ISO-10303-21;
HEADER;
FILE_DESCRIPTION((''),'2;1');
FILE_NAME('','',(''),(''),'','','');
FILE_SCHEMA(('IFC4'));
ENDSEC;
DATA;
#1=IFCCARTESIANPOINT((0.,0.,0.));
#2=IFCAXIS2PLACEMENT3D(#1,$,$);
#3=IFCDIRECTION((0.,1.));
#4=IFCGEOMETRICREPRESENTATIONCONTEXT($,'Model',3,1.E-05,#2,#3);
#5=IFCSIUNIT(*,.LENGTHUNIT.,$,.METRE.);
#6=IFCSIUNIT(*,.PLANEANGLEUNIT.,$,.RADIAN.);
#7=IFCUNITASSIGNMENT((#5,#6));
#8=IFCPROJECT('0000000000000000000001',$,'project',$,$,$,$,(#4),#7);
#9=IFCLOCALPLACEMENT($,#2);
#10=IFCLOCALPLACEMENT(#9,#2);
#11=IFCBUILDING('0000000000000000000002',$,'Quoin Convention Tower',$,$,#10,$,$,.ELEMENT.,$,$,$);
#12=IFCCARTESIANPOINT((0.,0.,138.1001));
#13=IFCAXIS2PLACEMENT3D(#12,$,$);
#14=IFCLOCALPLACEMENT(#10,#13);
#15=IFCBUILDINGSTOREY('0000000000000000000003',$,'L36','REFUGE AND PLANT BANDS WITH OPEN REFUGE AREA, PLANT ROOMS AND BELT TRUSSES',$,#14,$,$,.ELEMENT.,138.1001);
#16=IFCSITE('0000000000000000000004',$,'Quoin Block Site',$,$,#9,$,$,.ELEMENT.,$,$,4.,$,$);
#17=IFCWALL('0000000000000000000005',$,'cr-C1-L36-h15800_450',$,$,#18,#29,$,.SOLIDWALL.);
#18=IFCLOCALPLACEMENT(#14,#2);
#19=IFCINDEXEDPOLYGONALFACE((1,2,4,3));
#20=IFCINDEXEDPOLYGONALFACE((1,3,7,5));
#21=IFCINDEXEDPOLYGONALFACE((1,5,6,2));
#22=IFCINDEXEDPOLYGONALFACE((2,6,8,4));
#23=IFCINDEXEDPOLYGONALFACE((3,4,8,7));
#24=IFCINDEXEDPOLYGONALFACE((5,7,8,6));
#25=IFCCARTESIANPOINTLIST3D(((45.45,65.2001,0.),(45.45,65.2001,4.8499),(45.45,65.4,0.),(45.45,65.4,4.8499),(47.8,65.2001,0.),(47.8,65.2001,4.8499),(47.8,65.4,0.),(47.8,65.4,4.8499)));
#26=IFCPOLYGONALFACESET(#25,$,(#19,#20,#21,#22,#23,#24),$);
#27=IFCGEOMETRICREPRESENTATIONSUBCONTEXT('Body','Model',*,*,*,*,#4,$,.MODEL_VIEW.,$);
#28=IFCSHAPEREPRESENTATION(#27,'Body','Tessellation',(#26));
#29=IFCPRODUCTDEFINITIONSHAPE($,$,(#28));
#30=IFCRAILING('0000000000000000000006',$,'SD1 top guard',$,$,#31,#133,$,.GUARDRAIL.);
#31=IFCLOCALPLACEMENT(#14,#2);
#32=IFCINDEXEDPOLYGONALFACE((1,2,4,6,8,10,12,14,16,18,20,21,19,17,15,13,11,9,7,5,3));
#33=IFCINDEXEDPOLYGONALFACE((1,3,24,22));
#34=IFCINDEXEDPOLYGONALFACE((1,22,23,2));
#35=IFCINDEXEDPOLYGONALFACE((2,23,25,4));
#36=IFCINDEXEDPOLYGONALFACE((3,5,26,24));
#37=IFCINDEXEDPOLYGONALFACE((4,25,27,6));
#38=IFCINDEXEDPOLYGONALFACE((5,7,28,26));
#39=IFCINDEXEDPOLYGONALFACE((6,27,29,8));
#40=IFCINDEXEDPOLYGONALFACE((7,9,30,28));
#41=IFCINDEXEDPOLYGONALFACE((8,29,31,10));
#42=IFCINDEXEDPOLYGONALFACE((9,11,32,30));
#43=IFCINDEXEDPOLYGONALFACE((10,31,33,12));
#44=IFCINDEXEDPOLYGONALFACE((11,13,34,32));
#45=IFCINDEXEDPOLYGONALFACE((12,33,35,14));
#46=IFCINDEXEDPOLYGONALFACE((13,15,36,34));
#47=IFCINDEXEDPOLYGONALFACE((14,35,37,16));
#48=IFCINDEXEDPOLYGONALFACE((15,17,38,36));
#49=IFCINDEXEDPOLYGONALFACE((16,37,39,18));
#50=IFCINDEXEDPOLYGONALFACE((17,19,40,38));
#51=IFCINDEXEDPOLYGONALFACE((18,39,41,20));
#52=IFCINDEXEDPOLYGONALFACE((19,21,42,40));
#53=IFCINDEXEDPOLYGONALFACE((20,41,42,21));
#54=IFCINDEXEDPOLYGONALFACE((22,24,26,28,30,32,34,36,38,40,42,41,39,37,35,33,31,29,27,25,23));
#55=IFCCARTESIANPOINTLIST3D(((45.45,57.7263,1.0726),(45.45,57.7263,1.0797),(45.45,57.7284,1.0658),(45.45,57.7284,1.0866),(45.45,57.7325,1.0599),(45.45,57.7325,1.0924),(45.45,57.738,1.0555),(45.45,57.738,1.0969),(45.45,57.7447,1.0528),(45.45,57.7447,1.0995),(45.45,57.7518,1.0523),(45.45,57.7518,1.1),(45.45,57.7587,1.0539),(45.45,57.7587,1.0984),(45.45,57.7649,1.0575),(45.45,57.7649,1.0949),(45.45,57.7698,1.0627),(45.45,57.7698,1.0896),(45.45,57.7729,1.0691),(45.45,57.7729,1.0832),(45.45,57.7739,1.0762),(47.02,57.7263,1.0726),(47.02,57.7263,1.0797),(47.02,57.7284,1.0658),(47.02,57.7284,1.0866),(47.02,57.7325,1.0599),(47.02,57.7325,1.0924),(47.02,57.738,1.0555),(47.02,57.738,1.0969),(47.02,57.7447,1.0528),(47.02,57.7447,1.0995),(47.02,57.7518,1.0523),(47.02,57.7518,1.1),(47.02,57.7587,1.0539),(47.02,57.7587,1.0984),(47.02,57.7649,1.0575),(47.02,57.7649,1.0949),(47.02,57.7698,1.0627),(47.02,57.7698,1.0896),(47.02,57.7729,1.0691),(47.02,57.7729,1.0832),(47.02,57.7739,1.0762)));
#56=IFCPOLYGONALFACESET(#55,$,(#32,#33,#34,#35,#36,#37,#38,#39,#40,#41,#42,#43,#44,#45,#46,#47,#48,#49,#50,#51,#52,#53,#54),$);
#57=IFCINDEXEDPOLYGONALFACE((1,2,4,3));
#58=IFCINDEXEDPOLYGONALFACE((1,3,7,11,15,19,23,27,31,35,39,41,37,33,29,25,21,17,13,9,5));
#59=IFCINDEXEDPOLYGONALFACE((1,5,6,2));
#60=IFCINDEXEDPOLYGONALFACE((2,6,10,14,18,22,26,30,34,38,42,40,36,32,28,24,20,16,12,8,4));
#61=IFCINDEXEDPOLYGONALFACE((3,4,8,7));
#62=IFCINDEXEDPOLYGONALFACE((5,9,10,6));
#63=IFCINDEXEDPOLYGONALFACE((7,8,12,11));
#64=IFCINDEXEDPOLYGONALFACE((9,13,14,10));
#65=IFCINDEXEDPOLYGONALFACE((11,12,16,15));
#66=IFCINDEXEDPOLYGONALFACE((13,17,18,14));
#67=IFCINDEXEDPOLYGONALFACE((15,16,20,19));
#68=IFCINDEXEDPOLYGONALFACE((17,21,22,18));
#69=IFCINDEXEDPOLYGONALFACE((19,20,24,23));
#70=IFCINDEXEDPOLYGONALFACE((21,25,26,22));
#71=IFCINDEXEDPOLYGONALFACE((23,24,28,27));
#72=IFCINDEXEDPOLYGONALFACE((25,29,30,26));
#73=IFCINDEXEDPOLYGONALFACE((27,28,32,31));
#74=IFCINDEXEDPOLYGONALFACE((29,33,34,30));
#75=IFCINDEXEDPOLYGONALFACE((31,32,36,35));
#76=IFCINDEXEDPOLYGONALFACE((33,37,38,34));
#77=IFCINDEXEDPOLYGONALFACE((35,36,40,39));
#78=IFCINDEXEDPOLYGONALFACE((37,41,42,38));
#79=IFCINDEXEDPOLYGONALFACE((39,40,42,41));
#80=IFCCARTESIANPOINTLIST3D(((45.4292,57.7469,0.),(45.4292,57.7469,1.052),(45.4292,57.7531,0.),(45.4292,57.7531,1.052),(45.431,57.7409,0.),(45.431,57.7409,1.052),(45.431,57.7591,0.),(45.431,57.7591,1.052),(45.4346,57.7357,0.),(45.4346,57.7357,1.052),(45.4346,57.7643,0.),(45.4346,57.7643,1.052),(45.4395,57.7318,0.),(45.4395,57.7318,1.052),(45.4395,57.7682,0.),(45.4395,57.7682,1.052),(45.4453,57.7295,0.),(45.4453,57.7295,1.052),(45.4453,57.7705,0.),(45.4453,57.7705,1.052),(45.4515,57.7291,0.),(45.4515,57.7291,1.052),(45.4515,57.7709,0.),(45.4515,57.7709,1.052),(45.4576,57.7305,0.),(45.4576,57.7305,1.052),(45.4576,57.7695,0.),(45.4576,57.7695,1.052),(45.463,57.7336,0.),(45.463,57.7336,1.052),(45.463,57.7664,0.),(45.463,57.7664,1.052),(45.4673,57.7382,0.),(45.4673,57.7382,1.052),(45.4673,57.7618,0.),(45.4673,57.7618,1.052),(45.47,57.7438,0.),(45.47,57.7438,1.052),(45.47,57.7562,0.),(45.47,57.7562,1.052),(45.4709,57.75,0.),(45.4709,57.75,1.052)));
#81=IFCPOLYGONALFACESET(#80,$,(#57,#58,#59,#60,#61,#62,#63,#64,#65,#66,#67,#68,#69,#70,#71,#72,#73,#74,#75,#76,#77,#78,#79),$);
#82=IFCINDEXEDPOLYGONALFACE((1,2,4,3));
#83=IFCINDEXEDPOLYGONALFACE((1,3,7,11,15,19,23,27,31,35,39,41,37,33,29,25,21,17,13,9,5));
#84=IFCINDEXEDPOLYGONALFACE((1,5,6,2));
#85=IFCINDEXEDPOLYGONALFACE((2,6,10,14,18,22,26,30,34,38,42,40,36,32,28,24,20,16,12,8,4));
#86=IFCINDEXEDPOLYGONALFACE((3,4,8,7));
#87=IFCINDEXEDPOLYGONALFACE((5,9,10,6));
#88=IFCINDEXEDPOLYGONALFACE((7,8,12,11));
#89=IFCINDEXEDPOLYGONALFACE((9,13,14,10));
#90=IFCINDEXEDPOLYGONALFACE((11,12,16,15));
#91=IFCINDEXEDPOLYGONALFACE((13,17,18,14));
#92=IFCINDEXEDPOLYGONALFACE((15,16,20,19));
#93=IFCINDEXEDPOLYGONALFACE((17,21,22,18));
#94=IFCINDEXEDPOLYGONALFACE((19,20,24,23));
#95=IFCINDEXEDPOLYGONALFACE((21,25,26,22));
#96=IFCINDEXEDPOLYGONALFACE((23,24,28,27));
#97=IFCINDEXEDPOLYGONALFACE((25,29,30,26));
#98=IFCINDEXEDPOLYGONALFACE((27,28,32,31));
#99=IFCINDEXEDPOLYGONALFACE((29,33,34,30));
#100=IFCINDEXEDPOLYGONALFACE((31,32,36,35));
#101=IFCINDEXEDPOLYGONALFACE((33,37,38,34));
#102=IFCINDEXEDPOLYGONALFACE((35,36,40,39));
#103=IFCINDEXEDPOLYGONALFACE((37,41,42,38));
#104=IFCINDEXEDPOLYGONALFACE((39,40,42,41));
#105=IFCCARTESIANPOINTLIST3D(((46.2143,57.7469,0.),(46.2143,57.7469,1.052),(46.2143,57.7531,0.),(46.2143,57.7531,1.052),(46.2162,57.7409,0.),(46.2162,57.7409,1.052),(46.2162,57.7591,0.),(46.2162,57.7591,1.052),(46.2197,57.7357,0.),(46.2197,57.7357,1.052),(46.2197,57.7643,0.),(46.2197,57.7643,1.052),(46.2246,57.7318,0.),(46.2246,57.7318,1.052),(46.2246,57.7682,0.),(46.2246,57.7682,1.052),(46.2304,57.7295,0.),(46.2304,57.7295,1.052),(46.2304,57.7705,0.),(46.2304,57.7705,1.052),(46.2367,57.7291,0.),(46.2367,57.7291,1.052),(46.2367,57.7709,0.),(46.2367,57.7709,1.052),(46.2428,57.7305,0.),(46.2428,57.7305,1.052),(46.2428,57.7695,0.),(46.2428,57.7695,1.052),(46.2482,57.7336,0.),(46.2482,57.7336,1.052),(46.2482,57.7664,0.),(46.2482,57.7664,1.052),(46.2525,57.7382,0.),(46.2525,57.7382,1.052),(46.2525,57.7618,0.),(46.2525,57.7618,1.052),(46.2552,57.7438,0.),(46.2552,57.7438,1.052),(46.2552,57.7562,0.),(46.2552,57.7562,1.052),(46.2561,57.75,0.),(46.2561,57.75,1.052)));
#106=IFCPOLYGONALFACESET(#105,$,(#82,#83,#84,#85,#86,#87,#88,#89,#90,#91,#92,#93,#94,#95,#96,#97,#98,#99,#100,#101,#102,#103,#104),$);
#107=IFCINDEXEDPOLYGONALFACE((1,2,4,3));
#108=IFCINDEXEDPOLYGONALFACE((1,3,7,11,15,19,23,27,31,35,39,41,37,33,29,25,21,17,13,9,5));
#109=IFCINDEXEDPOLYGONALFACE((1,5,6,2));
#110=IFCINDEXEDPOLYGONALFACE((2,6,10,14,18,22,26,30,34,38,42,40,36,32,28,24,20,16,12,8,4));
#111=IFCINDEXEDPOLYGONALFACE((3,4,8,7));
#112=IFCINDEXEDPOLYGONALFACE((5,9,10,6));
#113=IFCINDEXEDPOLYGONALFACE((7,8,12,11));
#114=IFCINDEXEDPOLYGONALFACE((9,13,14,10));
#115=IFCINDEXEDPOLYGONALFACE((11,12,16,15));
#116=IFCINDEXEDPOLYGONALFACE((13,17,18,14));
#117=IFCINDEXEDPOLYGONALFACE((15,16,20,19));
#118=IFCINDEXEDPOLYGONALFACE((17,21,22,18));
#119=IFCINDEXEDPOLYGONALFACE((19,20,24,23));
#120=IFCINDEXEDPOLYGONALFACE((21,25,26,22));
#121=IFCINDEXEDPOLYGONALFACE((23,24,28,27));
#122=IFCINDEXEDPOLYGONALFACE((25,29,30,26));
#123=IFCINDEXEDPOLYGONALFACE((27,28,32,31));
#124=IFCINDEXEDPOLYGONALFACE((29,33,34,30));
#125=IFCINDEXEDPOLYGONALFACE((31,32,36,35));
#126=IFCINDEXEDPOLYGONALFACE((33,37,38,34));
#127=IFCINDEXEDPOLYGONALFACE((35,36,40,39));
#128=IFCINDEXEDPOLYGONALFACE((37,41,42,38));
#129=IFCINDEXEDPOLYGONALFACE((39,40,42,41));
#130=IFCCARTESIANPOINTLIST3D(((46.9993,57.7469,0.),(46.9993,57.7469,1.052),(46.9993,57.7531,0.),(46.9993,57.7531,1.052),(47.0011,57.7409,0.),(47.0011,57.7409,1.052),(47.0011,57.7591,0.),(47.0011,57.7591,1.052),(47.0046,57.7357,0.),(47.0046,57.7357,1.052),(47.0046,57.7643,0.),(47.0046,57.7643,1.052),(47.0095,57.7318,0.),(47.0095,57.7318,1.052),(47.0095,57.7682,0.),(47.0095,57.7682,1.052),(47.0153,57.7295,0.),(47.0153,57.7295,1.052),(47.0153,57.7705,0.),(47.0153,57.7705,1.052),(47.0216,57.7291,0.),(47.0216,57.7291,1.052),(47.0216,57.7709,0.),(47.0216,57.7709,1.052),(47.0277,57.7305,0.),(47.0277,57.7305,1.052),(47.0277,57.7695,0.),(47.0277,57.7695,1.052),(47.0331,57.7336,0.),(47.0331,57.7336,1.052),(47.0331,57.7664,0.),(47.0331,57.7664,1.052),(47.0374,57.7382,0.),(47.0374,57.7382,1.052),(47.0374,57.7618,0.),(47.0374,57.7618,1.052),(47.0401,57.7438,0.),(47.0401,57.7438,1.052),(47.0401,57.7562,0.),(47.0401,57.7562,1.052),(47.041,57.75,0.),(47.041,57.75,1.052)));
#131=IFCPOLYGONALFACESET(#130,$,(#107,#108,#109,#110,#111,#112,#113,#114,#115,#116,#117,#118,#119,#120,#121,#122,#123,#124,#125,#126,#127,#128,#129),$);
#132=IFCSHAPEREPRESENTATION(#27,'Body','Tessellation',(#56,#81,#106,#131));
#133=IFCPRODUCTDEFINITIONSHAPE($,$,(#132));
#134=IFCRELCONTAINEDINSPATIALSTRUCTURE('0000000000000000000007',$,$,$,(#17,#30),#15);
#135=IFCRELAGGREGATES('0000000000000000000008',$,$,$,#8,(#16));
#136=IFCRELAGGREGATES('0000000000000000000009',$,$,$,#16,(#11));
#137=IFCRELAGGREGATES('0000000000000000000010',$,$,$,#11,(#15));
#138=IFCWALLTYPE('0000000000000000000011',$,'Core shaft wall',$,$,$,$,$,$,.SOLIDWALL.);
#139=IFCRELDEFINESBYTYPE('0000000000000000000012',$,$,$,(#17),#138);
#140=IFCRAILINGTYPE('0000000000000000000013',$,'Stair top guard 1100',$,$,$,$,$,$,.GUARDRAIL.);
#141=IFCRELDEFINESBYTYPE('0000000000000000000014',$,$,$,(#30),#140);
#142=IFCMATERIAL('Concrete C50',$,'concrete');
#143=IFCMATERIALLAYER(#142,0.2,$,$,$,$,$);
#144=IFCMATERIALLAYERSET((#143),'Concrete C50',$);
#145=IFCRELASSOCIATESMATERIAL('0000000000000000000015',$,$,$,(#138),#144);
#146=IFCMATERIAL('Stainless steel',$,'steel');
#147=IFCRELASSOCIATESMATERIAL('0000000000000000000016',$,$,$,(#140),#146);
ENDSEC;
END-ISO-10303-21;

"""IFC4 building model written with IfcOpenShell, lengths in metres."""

from ifc_helpers import new_model, si_unit, direction, frame, frame_2d, origin, origin_2d, place, context, subcontext, project, spatial, rectangle, circle, extrude, material, layer, layer_set, type_object, element, save


model = new_model("IFC4")

# Units and contexts
model_context = context("Model", 3, precision=1e-05, world=origin(), true_north=direction((0.0, 1.0)))
body_context = subcontext(model_context, "Body", "Model", "MODEL_VIEW")
ifc_project = project(units=[si_unit("LENGTHUNIT", "METRE"), si_unit("PLANEANGLEUNIT", "RADIAN")], contexts=[model_context])

# Site, building, storey
site_placement = place(None, origin())
site = spatial("IfcSite", under=ifc_project, at=site_placement, Name="Quoin Block Site", CompositionType="ELEMENT", RefElevation=4.0)
building_placement = place(site_placement, origin())
building = spatial("IfcBuilding", under=site, at=building_placement, Name="Quoin Convention Tower", CompositionType="ELEMENT")
storey_placement = place(building_placement, frame((0.0, 0.0, 138.1001)))
storey = spatial("IfcBuildingStorey", under=building, at=storey_placement, Name="L36", Description="REFUGE AND PLANT BANDS WITH OPEN REFUGE AREA, PLANT ROOMS AND BELT TRUSSES", CompositionType="ELEMENT", Elevation=138.1001)

# Wall
ifc_material_1 = material(Name="Concrete C50", Category="concrete")
ifc_layer = layer(ifc_material_1, 0.2)
ifc_layer_set = layer_set([ifc_layer], Name="Concrete C50")
wall_type = type_object("IfcWallType", Name="Core shaft wall", PredefinedType="SOLIDWALL", material=ifc_layer_set)
wall_1_placement = place(storey_placement, frame((45.45, 65.3, 0.0), z_axis=(0.0, 0.0, 1.0), x_axis=(1.0, 0.0, 0.0)))
element("IfcWall", 1, at=wall_1_placement, inside=storey, type_object=wall_type, Name="cr-C1-L36-h15800_450", PredefinedType="SOLIDWALL", context=body_context, shape_type="SweptSolid", body=[
    extrude(rectangle(XDim=2.3501, YDim=0.2, at=frame_2d((1.175, 0.0))), origin(), (0.0, 0.0, 1.0), 4.8499),
])

# Railing
ifc_material_2 = material(Name="Stainless steel", Category="steel")
railing_type = type_object("IfcRailingType", Name="Stair top guard 1100", PredefinedType="GUARDRAIL", material=ifc_material_2)
railing_placement = place(storey_placement, frame((45.45, 57.75, 0.0)))
element("IfcRailing", 2, at=railing_placement, inside=storey, type_object=railing_type, Name="SD1 top guard", PredefinedType="GUARDRAIL", context=body_context, shape_type="SweptSolid", body=[
    extrude(circle(Radius=0.0239, at=origin_2d()), frame((0.0, 0.0, 1.0762), z_axis=(1.0, 0.0, 0.0), x_axis=(0.0, 1.0, 0.0)), (0.0, 0.0, 1.0), 1.5701),
    extrude(circle(Radius=0.021, at=origin_2d()), origin(), (0.0, 0.0, 1.0), 1.052),
    extrude(circle(Radius=0.021, at=origin_2d()), frame((0.7852, 0.0, 0.0)), (0.0, 0.0, 1.0), 1.052),
    extrude(circle(Radius=0.021, at=origin_2d()), frame((1.5701, 0.0, 0.0)), (0.0, 0.0, 1.0), 1.052),
])

save(model, "model.ifc")
